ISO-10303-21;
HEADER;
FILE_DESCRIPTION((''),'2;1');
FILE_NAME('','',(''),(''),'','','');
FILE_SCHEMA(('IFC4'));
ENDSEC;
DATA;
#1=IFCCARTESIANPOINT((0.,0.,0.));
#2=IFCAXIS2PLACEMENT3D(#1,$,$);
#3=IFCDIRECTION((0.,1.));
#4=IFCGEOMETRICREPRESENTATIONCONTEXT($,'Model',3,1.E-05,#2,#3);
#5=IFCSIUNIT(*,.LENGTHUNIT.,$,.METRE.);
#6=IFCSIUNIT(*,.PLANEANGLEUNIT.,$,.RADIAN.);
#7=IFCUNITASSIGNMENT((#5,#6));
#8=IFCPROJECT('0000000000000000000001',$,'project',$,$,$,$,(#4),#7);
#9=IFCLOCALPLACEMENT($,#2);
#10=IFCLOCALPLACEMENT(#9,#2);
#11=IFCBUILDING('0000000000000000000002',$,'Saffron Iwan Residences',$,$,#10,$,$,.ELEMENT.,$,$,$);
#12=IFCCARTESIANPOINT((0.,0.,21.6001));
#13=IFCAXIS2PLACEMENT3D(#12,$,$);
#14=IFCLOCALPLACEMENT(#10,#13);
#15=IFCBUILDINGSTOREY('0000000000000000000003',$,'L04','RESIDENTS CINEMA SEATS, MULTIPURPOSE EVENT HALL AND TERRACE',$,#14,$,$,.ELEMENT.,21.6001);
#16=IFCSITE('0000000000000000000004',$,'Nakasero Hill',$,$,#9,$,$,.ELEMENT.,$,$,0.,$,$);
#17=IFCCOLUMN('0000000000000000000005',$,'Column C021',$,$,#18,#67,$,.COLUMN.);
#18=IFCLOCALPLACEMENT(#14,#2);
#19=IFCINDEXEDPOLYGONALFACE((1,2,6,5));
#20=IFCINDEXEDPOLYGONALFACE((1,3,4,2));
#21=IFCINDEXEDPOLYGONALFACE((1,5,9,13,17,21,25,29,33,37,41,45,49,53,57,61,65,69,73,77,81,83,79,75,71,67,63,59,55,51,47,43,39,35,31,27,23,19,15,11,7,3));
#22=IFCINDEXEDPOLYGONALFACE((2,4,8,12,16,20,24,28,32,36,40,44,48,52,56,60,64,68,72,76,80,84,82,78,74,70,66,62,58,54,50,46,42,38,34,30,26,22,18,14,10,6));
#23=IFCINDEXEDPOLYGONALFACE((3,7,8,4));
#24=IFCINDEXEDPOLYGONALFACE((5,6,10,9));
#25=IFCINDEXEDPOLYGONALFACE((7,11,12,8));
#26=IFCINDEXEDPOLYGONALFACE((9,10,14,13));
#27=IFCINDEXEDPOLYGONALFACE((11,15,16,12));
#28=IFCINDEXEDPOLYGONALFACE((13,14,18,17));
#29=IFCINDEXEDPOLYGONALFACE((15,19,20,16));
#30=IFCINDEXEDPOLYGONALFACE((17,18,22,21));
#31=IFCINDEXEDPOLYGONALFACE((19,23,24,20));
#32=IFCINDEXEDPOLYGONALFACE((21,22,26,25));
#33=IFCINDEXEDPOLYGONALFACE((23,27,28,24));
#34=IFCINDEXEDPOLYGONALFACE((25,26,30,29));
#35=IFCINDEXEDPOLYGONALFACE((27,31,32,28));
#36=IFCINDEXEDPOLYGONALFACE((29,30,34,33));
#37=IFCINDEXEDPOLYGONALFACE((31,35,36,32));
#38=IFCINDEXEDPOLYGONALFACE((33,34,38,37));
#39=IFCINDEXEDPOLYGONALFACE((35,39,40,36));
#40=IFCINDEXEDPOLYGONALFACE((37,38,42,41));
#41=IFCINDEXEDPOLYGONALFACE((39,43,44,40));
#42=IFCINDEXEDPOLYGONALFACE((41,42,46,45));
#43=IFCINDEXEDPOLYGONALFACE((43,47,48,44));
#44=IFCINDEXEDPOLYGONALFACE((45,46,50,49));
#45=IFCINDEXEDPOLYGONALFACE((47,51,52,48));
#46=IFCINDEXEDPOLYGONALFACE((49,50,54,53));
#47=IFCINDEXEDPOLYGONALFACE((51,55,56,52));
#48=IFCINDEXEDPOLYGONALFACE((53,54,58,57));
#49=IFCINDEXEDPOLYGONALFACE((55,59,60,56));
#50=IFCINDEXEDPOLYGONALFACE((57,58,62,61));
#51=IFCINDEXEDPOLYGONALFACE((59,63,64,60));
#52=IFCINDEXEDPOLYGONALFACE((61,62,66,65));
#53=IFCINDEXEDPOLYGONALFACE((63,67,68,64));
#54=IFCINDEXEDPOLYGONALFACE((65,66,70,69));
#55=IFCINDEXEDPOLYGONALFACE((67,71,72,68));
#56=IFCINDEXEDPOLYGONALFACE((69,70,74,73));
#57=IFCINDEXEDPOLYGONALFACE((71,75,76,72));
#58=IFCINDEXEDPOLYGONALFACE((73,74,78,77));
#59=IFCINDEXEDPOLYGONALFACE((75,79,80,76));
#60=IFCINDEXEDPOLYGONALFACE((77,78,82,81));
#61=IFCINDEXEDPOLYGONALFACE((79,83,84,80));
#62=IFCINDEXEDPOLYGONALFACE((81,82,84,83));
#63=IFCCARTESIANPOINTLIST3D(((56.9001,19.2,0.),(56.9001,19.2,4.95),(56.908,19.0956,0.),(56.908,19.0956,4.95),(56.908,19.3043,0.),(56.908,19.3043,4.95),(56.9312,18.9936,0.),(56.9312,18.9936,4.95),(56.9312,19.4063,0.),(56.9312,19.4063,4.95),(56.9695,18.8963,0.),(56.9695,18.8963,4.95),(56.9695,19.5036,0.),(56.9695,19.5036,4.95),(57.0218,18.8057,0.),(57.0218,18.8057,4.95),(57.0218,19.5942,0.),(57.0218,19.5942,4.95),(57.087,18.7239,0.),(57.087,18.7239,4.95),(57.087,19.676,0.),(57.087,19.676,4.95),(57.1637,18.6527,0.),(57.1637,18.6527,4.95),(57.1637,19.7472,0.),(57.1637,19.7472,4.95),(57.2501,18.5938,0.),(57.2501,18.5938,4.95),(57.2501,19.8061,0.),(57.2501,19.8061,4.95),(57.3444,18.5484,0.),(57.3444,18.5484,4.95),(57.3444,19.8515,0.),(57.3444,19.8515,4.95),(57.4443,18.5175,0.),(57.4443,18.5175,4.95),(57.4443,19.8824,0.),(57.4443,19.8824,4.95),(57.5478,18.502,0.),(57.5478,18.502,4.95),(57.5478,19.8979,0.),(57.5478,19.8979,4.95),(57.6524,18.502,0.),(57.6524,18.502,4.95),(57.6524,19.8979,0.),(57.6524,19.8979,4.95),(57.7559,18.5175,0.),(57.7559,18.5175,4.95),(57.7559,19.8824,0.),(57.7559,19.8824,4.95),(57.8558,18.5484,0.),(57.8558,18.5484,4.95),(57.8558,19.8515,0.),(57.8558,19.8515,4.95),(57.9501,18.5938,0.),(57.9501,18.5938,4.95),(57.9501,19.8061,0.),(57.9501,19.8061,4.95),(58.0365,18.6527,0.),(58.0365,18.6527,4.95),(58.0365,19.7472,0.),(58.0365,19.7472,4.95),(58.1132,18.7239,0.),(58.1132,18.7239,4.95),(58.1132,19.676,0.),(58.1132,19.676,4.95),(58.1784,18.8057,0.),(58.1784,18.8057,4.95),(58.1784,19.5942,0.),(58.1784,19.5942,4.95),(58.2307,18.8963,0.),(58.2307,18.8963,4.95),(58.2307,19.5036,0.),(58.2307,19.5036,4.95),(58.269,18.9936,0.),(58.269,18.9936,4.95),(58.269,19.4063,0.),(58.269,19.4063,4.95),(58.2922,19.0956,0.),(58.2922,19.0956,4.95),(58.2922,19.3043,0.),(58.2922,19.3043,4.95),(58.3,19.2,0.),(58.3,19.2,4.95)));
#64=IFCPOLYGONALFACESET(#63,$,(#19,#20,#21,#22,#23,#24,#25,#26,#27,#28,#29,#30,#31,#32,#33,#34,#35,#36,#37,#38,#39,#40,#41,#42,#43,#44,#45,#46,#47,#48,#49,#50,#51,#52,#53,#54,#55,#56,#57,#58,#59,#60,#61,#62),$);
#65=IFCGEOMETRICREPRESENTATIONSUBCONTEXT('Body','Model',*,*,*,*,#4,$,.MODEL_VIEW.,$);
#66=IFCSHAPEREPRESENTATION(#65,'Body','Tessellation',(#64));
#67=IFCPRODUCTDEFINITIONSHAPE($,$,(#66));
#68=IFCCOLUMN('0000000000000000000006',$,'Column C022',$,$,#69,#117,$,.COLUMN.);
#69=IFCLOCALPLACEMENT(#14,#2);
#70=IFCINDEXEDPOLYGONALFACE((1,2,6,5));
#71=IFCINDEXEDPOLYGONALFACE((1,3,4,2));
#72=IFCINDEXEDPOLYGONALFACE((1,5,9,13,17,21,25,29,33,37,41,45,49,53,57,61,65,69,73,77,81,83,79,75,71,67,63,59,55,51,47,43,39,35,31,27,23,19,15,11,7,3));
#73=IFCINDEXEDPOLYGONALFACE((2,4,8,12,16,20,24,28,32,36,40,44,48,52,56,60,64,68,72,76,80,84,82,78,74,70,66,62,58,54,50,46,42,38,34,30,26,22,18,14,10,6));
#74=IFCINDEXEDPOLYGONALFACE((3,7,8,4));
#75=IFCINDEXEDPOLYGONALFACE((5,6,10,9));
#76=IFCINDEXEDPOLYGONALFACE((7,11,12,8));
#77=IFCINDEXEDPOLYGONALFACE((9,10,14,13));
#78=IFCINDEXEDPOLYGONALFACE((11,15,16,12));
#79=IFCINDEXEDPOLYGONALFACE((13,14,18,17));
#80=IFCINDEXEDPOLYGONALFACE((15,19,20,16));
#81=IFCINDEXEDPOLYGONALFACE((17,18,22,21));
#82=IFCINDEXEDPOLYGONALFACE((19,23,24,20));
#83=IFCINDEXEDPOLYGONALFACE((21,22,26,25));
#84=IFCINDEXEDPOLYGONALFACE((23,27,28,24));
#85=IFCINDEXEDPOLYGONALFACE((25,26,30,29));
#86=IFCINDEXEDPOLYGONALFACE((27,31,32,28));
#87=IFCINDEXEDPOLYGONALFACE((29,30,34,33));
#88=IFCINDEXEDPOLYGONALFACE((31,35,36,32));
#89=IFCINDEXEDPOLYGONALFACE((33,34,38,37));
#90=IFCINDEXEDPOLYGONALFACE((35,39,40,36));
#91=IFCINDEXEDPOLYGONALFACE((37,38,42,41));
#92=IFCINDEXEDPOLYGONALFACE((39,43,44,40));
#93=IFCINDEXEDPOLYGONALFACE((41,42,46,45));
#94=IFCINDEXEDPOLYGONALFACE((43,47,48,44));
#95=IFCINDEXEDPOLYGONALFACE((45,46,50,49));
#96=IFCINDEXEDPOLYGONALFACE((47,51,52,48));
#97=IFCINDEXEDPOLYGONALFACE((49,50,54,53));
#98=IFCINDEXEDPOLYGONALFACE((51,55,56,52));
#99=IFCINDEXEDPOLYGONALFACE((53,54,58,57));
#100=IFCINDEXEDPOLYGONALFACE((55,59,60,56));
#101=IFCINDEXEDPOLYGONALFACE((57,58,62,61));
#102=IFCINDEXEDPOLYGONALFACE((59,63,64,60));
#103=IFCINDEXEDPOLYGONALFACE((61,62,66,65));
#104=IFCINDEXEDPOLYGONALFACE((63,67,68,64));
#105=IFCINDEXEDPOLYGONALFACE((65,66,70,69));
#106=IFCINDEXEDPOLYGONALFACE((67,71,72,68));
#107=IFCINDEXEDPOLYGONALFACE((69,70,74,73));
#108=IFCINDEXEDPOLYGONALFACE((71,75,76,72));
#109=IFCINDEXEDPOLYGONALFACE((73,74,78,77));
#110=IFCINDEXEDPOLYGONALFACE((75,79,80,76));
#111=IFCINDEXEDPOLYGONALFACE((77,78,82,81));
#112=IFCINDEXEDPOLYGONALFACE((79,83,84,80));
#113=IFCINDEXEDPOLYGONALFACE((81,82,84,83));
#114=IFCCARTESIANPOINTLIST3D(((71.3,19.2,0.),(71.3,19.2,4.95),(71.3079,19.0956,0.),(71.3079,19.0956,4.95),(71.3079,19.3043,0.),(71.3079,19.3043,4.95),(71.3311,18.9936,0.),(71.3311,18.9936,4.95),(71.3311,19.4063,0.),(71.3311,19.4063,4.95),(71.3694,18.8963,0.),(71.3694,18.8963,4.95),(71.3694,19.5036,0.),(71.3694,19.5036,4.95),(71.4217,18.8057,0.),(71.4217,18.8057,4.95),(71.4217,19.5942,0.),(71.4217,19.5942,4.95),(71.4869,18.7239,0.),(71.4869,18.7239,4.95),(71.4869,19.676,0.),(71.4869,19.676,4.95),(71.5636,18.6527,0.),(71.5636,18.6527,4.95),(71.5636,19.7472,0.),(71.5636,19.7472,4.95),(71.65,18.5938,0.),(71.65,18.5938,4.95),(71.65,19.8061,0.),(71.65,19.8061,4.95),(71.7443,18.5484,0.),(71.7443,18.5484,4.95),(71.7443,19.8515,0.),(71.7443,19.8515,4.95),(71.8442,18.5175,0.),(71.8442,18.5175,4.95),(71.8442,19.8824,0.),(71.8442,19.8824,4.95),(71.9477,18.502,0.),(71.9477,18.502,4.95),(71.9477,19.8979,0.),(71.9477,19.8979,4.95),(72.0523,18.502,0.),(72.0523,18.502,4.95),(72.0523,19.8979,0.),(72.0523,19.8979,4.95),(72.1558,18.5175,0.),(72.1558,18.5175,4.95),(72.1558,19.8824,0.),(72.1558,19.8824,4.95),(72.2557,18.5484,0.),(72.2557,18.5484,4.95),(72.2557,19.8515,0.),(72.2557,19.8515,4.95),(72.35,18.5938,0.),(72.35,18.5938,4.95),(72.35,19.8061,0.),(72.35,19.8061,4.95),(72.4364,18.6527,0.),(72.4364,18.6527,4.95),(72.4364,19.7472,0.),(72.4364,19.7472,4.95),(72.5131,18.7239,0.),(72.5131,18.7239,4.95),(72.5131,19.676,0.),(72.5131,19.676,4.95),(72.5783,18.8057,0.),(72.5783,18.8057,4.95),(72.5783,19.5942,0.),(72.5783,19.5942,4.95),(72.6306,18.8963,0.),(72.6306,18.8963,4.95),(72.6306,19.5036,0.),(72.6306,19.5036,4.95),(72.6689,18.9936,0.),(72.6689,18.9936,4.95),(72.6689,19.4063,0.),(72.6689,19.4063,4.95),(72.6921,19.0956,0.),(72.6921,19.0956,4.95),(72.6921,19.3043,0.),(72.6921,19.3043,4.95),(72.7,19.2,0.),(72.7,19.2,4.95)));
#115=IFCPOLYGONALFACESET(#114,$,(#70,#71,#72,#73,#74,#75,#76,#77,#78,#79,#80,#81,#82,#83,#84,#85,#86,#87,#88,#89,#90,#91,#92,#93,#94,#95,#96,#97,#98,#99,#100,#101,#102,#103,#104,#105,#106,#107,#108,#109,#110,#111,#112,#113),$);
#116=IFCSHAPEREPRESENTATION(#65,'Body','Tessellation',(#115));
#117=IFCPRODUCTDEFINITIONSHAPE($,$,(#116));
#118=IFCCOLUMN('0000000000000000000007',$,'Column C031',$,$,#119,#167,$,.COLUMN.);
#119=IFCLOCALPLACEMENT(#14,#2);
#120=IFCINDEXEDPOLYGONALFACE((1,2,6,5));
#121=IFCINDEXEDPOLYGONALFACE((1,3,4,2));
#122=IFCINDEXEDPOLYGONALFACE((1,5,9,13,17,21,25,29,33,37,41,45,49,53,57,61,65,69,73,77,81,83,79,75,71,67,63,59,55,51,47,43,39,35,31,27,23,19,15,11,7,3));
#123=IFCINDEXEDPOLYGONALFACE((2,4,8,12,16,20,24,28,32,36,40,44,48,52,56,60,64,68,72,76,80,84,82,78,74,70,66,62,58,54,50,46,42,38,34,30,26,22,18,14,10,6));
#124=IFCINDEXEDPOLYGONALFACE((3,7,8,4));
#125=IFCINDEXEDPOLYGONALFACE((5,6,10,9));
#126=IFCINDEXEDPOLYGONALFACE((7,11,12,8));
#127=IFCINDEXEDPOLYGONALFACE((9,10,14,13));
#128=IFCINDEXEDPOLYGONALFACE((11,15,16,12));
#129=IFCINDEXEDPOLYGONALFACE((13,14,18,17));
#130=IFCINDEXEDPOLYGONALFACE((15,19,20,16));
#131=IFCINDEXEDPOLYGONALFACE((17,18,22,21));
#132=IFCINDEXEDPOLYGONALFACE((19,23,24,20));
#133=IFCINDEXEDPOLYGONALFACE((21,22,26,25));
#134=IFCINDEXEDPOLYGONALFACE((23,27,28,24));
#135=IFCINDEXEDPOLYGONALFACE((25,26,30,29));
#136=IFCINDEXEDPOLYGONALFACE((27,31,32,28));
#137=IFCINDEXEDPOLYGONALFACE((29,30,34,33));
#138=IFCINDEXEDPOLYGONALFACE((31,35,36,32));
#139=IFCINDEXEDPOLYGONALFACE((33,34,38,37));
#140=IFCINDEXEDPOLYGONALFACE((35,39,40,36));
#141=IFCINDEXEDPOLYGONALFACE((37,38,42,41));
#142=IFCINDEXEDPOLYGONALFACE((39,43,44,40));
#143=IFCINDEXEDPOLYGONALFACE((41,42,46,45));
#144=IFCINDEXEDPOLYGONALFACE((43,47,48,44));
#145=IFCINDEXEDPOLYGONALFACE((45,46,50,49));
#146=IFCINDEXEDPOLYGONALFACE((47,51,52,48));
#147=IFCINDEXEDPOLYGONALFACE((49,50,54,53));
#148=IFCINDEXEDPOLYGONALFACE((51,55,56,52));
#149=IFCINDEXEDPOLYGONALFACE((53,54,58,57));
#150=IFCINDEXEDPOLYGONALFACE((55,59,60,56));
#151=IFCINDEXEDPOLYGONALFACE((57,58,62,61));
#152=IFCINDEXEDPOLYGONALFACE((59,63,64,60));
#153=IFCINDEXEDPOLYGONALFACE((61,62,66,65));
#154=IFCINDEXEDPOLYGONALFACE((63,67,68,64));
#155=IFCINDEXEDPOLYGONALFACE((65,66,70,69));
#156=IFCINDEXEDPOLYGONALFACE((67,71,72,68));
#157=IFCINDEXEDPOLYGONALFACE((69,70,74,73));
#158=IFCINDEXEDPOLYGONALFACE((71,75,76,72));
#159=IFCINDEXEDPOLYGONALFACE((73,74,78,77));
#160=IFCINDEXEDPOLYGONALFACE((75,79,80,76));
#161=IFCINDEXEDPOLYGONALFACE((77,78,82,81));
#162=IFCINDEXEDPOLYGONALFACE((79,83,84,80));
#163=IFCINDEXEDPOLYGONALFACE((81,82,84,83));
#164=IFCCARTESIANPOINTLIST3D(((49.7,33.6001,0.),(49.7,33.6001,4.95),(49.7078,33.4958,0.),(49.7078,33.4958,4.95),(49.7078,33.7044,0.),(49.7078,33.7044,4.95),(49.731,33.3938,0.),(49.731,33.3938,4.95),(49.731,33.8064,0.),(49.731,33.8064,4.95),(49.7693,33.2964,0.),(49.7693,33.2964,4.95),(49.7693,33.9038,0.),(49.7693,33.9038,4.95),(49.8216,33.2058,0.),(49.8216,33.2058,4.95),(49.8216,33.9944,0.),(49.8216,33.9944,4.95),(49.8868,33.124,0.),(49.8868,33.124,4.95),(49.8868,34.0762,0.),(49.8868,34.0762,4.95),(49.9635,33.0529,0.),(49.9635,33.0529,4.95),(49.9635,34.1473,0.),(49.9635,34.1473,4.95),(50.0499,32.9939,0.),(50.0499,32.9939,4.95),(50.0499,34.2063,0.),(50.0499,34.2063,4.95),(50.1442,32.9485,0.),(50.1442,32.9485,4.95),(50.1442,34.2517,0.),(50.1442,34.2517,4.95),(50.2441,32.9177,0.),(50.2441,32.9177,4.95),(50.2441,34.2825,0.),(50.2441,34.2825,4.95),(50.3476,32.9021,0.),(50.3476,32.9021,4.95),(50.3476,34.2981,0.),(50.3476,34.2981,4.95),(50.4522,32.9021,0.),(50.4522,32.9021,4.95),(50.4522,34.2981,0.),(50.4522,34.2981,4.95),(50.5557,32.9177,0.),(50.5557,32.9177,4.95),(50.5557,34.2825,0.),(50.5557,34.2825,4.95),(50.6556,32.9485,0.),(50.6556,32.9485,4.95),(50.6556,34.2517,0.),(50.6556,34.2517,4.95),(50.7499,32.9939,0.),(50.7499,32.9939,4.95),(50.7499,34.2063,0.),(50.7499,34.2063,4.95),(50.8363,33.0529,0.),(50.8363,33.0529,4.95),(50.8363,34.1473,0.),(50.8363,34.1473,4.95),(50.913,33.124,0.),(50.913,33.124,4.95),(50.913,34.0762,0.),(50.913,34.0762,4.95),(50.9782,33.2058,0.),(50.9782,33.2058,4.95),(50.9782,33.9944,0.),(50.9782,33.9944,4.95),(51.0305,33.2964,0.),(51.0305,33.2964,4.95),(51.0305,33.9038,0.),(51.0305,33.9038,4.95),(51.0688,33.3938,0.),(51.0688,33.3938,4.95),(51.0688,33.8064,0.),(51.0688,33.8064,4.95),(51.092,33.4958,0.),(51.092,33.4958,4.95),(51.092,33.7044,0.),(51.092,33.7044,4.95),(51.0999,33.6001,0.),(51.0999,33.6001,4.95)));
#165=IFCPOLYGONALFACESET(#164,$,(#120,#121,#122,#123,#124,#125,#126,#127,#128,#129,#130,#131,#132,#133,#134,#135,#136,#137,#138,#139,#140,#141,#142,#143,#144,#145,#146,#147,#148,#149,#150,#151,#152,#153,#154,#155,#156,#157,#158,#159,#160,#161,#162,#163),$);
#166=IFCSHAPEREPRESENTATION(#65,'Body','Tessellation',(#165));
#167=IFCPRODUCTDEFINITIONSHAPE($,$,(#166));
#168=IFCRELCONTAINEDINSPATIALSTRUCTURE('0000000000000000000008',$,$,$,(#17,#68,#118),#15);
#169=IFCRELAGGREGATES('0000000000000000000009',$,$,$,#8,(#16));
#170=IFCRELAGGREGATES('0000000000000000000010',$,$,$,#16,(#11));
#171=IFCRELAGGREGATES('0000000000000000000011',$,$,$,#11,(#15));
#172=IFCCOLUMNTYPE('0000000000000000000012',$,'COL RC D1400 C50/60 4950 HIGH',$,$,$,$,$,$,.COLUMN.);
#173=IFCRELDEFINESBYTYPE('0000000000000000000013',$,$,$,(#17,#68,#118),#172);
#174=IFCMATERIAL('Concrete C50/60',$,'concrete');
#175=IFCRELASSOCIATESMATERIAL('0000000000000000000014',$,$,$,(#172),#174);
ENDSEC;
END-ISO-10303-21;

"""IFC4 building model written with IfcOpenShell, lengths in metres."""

from ifc_helpers import new_model, si_unit, direction, frame, origin, origin_2d, place, context, subcontext, project, spatial, circle, extrude, source, transform, mapped, material, material_profile, profile_set, type_object, element, save


model = new_model("IFC4")

# Units and contexts
model_context = context("Model", 3, precision=1e-05, world=origin(), true_north=direction((0.0, 1.0)))
body_context = subcontext(model_context, "Body", "Model", "MODEL_VIEW")
ifc_project = project(units=[si_unit("LENGTHUNIT", "METRE"), si_unit("PLANEANGLEUNIT", "RADIAN")], contexts=[model_context])

# Site, building, storey
site_placement = place(None, origin())
site = spatial("IfcSite", under=ifc_project, at=site_placement, Name="Nakasero Hill", CompositionType="ELEMENT", RefElevation=0.0)
building_placement = place(site_placement, origin())
building = spatial("IfcBuilding", under=site, at=building_placement, Name="Saffron Iwan Residences", CompositionType="ELEMENT")
storey_placement = place(building_placement, frame((0.0, 0.0, 21.6001)))
storey = spatial("IfcBuildingStorey", under=building, at=storey_placement, Name="L04", Description="RESIDENTS CINEMA SEATS, MULTIPURPOSE EVENT HALL AND TERRACE", CompositionType="ELEMENT", Elevation=21.6001)

# Columns
ifc_material_1 = material(Name="Concrete C50/60", Category="concrete")
ifc_material_profile_1 = material_profile(ifc_material_1, circle(Radius=0.7, at=origin_2d()), Name="RC D1400")
ifc_profile_set_1 = profile_set([ifc_material_profile_1], Name="Concrete C50/60")
column_type = type_object("IfcColumnType", Name="COL RC D1400 C50/60 4950 HIGH", PredefinedType="COLUMN", material=ifc_profile_set_1)
shared_shape_1 = source(origin(), body_context, "Body", "SweptSolid", [
    extrude(circle(Radius=0.7, at=origin_2d()), origin(), (0.0, 0.0, 1.0), 4.95),
])
for number, where, z_axis, x_axis, name in (
    (1, (57.6001, 19.2, 0.0), (0.0, 0.0, 1.0), (1.0, 0.0, 0.0), "Column C021"),
    (2, (72.0, 19.2, 0.0), (0.0, 0.0, 1.0), (1.0, 0.0, 0.0), "Column C022"),
    (3, (50.3999, 33.6001, 0.0), (0.0, 0.0, 1.0), (1.0, 0.0, 0.0), "Column C031"),
):
    element("IfcColumn", number, at=place(storey_placement, frame(where, z_axis=z_axis, x_axis=x_axis)), inside=storey, type_object=column_type, Name=name, PredefinedType="COLUMN", context=body_context, shape_type="MappedRepresentation", body=[
        mapped(shared_shape_1, transform((0.0, 0.0, 0.0))),
    ])

save(model, "model.ifc")
